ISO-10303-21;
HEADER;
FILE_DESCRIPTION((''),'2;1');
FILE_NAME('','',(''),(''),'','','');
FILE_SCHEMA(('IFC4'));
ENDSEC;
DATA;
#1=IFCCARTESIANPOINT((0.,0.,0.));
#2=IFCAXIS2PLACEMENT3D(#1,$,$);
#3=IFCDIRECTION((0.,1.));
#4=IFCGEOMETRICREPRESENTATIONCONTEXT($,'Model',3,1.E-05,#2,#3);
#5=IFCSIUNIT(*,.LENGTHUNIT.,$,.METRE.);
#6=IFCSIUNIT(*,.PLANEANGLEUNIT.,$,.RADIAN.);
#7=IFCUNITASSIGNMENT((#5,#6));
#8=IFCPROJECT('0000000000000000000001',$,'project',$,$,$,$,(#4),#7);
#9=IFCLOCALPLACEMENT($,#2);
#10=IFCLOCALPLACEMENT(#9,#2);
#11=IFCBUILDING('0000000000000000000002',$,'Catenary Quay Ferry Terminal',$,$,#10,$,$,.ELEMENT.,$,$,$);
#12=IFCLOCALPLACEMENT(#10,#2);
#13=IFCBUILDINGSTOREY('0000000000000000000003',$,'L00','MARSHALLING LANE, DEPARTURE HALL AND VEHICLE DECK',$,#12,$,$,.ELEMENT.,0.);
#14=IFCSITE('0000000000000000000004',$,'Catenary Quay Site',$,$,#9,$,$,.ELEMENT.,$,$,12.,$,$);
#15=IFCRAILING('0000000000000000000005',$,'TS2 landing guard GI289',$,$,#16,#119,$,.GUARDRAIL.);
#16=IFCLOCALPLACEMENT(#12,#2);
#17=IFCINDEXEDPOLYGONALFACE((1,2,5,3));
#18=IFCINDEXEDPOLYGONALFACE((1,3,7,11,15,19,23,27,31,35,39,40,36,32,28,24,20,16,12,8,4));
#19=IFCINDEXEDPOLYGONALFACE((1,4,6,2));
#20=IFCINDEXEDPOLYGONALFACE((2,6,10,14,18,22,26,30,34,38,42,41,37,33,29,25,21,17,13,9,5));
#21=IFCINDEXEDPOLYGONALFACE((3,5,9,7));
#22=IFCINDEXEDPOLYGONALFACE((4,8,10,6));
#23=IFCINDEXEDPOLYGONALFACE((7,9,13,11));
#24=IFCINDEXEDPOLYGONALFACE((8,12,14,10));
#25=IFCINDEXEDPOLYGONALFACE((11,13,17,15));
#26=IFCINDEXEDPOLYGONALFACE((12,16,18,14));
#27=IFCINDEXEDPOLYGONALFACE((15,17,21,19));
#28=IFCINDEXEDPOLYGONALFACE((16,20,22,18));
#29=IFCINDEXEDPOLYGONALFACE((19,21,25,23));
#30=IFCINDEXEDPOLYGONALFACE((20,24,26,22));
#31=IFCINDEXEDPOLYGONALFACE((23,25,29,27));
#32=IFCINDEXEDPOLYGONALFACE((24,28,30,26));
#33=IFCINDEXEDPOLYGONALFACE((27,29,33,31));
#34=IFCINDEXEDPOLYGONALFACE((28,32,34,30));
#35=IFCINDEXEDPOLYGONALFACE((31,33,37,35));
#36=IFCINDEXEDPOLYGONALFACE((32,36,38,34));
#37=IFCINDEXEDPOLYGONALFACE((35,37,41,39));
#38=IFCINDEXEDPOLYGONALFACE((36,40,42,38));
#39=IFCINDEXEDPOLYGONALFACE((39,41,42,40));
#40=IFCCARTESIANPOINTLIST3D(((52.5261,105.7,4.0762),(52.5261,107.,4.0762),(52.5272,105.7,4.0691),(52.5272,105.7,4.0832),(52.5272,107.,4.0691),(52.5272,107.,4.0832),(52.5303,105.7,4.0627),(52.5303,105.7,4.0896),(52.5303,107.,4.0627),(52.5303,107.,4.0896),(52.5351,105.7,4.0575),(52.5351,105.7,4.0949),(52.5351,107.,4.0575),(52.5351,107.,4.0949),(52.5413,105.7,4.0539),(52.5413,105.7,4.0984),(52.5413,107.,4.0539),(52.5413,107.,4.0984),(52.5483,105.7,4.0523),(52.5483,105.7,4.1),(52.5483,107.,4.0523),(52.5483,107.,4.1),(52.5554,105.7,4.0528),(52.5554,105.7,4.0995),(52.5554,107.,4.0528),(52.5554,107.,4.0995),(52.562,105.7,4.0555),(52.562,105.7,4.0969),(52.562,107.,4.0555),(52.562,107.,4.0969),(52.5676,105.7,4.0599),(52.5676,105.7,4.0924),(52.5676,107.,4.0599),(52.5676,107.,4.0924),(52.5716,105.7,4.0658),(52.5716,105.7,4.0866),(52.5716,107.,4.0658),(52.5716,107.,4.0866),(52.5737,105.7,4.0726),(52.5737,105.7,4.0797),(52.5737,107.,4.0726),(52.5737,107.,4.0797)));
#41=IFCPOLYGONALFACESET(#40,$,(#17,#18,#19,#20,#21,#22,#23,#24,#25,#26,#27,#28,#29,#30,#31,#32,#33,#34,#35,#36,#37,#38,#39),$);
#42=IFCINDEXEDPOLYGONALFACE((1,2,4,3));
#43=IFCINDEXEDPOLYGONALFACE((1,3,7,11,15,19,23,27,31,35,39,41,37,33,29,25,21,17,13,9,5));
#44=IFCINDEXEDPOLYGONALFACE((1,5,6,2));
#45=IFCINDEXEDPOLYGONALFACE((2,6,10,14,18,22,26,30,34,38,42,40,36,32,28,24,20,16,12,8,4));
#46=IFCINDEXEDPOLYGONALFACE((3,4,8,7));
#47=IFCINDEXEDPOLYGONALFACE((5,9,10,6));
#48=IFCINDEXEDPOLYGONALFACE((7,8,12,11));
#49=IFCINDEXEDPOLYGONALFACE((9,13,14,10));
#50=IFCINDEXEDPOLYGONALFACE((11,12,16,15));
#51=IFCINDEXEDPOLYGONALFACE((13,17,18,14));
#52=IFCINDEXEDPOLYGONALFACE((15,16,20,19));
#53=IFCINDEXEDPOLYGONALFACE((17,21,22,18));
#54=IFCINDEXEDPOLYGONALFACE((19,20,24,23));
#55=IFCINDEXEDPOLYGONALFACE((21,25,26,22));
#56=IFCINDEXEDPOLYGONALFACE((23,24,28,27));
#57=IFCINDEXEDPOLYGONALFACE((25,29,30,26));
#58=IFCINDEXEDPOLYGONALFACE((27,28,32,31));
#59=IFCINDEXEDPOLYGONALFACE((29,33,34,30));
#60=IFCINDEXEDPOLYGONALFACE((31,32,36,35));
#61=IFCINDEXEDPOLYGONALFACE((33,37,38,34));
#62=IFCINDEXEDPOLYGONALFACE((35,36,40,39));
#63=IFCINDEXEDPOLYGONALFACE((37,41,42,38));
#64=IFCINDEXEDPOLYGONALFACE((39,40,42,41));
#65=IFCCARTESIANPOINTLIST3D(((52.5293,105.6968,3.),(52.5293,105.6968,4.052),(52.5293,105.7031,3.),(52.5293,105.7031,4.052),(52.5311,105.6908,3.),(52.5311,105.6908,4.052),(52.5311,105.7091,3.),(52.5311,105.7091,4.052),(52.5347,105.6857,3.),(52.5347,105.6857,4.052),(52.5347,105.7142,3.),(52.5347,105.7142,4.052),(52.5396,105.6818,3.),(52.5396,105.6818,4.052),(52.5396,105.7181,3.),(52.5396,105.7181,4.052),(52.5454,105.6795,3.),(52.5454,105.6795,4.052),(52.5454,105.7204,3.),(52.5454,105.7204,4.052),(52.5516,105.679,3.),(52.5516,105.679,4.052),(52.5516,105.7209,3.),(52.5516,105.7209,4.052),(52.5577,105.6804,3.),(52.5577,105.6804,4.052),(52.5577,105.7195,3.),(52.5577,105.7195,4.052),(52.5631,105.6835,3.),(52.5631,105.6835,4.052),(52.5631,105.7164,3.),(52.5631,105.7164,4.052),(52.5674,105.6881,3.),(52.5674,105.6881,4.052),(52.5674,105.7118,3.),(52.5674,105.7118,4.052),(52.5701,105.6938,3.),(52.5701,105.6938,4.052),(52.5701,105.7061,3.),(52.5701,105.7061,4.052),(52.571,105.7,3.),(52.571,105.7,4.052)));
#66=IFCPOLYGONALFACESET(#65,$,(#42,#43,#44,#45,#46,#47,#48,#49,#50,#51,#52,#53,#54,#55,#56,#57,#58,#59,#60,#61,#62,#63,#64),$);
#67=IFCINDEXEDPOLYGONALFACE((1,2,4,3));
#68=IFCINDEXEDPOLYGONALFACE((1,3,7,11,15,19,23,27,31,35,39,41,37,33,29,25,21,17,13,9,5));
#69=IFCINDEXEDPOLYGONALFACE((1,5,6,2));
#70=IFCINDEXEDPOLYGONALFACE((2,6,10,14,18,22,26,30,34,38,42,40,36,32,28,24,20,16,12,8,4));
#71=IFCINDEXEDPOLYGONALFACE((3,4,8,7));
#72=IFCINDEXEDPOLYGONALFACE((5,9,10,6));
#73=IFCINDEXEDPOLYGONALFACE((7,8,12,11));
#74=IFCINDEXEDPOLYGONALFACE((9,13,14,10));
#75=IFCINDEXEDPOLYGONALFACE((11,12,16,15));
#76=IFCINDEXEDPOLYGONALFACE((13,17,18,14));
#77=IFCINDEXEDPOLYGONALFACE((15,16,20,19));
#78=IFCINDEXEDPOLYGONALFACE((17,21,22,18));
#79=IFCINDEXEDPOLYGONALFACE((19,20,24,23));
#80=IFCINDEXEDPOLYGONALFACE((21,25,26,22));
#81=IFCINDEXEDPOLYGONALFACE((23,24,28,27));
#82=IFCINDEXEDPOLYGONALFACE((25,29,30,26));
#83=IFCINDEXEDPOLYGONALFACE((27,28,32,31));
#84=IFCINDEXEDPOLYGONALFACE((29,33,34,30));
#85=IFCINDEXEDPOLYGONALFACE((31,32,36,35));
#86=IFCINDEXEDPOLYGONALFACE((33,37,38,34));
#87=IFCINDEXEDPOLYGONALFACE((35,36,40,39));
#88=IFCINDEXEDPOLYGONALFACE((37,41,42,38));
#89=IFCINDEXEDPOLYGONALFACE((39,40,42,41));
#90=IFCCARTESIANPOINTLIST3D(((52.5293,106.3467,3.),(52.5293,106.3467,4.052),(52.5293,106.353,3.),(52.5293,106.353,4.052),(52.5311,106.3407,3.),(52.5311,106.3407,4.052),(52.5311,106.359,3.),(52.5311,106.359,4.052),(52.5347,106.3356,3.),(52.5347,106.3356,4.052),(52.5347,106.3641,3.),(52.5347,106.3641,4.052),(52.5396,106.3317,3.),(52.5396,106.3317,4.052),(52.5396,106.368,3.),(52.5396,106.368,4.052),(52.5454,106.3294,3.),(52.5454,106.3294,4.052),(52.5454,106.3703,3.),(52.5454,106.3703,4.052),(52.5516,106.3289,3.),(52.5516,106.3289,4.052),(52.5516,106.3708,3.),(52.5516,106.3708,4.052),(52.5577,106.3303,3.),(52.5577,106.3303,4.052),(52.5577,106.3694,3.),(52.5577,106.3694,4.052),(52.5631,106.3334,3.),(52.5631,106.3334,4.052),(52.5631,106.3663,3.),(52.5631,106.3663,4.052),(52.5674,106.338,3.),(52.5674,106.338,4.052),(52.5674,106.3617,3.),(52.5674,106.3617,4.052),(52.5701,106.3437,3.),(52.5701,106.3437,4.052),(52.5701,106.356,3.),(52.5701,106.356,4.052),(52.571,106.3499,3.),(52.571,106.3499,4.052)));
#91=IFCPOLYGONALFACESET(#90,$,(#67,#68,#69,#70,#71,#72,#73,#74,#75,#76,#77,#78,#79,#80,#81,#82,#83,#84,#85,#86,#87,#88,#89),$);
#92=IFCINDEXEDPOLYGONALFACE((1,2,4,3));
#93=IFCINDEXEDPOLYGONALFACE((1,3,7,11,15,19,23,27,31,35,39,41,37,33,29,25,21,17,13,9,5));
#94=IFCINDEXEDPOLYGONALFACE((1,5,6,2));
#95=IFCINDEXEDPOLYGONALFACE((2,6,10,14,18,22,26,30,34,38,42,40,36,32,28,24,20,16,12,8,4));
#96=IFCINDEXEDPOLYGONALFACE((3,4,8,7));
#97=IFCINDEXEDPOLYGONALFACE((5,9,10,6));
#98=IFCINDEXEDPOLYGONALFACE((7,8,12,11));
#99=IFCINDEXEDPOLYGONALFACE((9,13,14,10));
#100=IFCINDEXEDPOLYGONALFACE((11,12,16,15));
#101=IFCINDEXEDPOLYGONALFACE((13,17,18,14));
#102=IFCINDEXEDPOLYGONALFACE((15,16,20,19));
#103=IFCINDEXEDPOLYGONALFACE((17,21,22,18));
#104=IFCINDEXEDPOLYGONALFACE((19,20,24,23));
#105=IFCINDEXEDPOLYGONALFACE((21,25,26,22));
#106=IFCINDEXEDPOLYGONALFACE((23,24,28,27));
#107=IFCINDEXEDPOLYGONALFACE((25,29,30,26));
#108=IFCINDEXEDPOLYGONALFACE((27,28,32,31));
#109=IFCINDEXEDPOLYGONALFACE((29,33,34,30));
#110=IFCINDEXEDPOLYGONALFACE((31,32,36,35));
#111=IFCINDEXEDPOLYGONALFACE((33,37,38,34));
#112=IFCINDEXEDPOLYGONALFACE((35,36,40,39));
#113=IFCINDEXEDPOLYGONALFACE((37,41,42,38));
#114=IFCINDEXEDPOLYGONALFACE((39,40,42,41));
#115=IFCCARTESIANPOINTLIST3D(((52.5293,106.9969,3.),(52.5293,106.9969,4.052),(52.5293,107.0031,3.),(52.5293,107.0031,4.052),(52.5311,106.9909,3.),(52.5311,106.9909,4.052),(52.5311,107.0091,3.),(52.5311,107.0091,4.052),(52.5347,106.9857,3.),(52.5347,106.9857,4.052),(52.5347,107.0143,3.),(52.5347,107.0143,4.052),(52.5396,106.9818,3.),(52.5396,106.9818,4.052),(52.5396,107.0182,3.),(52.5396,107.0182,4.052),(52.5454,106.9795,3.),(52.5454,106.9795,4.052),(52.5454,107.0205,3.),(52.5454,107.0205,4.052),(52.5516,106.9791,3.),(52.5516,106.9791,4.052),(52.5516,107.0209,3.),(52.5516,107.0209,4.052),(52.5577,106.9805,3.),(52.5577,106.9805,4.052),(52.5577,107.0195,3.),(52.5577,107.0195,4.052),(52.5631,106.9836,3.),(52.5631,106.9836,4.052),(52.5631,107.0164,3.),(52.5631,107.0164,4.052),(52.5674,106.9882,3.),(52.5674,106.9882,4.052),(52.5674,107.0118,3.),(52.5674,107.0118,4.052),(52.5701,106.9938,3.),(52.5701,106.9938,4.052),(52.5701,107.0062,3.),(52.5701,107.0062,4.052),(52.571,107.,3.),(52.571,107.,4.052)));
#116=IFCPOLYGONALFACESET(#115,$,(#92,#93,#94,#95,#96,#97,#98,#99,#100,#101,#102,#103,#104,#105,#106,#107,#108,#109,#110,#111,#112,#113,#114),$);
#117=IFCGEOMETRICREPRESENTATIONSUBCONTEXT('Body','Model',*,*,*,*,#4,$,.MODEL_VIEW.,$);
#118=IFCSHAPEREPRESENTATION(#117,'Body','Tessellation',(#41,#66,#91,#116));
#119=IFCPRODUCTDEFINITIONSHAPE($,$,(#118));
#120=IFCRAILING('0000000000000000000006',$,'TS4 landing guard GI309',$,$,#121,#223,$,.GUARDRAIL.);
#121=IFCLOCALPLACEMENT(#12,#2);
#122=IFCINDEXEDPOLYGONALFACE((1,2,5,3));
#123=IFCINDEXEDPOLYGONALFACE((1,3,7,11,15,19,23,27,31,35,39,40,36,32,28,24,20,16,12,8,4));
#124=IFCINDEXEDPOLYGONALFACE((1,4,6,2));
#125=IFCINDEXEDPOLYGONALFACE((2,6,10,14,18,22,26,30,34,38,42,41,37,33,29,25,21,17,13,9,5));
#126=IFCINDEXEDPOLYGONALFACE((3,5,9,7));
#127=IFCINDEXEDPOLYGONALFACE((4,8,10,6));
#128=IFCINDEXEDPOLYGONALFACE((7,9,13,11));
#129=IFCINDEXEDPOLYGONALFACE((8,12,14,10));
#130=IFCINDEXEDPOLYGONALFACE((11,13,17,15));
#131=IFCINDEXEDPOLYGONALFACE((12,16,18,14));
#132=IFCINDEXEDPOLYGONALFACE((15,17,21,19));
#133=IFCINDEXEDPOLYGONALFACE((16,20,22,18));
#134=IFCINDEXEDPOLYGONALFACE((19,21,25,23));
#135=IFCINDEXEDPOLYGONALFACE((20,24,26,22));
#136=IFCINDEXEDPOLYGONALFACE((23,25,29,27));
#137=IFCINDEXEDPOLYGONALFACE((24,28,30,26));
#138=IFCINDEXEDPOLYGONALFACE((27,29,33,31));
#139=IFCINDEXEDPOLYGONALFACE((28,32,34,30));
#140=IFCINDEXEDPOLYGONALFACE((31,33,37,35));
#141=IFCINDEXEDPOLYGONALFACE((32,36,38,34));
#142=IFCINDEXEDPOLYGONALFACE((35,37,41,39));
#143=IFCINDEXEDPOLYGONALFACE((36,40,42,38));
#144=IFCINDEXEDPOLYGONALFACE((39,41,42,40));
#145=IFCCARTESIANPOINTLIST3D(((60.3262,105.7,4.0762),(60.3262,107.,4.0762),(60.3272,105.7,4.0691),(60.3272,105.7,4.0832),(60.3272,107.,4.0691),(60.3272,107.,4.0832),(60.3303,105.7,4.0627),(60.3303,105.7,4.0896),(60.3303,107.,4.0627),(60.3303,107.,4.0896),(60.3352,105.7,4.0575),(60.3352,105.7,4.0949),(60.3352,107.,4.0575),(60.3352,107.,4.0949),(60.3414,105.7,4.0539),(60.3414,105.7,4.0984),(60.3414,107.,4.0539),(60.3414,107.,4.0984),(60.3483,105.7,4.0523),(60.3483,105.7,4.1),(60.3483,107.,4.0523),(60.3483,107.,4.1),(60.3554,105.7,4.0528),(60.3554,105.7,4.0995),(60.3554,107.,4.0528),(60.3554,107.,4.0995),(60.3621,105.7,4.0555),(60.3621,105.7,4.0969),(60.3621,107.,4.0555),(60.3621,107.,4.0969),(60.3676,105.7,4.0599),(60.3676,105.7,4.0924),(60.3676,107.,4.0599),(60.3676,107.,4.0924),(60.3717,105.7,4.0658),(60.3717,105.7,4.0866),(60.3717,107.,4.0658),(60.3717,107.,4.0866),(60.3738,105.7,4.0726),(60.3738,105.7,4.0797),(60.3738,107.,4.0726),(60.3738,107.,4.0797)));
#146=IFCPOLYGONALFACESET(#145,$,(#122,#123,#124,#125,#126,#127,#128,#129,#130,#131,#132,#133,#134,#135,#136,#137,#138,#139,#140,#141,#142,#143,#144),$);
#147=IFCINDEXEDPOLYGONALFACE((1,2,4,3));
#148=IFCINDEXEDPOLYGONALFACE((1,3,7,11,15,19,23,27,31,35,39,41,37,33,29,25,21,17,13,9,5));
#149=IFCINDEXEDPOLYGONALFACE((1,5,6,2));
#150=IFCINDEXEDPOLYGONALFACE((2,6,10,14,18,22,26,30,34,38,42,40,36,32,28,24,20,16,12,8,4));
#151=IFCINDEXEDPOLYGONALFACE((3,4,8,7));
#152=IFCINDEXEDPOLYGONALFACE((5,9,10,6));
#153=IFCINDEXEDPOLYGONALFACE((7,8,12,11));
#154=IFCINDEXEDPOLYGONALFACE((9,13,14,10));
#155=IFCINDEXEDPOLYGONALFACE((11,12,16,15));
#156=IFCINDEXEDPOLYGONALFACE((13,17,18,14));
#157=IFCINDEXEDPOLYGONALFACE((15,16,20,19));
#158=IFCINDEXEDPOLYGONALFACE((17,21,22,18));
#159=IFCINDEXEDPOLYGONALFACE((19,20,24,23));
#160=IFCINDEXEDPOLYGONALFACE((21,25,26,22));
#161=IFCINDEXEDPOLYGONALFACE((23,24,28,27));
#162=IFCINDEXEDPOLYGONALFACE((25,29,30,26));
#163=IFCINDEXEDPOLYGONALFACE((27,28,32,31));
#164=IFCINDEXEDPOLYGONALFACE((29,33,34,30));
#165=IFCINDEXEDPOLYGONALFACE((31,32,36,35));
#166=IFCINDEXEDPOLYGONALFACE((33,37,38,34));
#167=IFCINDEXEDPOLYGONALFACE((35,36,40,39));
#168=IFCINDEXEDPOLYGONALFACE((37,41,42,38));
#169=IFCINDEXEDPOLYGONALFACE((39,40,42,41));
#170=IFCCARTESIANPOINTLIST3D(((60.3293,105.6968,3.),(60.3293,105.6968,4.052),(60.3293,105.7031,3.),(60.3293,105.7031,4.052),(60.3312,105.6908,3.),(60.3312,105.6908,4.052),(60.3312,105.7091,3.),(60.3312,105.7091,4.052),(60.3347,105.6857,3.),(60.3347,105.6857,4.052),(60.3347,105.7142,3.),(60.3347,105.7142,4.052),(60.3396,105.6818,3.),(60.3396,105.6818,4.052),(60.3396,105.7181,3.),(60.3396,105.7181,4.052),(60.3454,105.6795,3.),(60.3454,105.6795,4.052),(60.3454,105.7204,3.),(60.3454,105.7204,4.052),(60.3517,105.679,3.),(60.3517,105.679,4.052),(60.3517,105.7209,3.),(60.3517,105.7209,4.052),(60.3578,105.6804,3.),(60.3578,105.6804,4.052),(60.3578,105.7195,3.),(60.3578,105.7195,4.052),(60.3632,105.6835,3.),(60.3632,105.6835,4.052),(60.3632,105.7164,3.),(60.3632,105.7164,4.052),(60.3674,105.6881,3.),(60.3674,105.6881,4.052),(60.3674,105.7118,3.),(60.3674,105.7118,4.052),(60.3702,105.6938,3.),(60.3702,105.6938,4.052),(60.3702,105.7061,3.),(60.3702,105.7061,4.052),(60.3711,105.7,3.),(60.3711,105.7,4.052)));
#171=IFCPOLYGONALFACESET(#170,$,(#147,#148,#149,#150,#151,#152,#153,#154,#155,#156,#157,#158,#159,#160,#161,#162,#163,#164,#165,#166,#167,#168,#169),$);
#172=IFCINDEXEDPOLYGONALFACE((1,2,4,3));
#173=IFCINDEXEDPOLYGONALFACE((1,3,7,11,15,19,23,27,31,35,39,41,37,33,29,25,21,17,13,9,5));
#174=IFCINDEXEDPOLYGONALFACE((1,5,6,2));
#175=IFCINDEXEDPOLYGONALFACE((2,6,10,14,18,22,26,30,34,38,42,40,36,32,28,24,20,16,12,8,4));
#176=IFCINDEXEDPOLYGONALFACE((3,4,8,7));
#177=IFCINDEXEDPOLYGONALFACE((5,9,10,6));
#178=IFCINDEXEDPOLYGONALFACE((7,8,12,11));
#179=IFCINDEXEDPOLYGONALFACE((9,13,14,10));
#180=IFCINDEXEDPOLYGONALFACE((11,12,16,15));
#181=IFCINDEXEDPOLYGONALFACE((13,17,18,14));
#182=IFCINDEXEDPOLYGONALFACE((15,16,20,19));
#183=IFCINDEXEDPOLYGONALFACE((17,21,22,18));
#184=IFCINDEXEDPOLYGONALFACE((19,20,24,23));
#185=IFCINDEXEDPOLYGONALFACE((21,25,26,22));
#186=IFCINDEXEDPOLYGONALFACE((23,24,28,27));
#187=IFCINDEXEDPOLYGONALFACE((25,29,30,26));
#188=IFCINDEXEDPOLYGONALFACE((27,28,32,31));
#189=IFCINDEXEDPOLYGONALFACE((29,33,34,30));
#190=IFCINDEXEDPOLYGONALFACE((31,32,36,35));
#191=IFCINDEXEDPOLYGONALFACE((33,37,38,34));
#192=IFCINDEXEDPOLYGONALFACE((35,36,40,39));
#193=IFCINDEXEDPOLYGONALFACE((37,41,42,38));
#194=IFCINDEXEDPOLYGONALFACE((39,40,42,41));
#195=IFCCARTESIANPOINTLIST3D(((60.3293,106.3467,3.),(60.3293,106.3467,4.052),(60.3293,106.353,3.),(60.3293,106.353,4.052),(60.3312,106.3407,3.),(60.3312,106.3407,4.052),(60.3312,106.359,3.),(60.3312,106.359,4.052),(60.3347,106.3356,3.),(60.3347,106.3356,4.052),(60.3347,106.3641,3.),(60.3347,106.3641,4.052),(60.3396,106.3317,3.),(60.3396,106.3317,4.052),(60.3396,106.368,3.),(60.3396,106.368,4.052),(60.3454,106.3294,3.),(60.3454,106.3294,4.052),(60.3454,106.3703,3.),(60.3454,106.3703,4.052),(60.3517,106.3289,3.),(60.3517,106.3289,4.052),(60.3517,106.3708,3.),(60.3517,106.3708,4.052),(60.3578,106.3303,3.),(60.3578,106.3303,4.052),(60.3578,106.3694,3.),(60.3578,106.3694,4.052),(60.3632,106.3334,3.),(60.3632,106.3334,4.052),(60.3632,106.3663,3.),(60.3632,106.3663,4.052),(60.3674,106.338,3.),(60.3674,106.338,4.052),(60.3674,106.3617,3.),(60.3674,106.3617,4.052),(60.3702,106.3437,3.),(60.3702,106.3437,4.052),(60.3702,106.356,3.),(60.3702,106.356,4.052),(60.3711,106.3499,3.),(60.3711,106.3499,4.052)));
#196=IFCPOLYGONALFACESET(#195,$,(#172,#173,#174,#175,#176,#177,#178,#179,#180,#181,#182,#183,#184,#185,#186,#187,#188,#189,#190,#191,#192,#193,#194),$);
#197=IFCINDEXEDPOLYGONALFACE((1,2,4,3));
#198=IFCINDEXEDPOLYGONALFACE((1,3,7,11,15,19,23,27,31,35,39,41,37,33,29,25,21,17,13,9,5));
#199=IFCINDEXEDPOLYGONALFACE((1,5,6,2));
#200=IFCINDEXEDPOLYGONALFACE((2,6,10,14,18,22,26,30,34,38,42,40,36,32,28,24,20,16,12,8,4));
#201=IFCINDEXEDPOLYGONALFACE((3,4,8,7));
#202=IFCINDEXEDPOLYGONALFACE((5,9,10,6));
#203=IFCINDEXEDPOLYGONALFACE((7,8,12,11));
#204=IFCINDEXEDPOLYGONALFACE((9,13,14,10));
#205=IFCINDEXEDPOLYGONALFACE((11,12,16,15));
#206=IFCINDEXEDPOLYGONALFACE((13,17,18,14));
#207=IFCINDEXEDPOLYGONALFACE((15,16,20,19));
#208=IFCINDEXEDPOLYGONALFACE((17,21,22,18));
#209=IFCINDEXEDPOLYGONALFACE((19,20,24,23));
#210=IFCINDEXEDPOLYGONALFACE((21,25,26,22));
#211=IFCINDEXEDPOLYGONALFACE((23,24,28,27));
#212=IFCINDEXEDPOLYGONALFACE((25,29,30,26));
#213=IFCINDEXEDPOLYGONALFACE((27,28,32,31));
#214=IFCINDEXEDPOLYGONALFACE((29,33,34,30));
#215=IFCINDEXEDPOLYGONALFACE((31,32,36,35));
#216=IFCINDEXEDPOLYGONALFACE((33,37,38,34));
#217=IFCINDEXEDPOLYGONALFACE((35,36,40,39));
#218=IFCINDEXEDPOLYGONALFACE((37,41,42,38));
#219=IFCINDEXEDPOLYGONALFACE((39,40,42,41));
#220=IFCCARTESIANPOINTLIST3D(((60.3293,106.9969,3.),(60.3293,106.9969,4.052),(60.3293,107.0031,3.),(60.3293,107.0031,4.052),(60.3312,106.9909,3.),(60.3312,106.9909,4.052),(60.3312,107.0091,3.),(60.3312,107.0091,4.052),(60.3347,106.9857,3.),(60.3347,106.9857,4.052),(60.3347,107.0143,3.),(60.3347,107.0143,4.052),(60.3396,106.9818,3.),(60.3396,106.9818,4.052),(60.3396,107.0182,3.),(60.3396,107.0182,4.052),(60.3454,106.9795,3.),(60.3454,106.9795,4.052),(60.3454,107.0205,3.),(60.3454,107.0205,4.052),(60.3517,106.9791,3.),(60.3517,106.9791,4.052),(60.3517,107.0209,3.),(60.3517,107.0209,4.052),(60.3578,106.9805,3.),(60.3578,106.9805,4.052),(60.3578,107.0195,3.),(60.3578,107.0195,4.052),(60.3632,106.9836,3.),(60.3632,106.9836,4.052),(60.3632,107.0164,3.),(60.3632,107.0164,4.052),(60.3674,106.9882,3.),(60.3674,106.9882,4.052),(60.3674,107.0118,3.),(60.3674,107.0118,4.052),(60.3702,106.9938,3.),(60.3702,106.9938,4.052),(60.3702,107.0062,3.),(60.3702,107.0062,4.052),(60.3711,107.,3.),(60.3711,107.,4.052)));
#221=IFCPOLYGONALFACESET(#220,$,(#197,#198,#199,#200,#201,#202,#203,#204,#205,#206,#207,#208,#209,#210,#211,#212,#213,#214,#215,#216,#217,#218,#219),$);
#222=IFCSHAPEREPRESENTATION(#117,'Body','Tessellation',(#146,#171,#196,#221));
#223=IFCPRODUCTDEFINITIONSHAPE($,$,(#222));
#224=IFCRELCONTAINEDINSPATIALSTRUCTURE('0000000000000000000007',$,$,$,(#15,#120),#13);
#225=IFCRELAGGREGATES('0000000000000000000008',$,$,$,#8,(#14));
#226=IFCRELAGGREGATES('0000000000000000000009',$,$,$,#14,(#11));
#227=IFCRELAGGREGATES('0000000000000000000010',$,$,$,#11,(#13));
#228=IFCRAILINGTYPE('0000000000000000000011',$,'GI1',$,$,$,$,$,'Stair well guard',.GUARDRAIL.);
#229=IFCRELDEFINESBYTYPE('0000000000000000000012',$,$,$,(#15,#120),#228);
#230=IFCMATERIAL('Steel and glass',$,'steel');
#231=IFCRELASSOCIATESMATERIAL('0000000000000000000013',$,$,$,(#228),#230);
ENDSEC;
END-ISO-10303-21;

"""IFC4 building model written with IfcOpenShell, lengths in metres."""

from ifc_helpers import new_model, si_unit, direction, frame, origin, origin_2d, place, context, subcontext, project, spatial, circle, extrude, material, type_object, element, save


model = new_model("IFC4")

# Units and contexts
model_context = context("Model", 3, precision=1e-05, world=origin(), true_north=direction((0.0, 1.0)))
body_context = subcontext(model_context, "Body", "Model", "MODEL_VIEW")
ifc_project = project(units=[si_unit("LENGTHUNIT", "METRE"), si_unit("PLANEANGLEUNIT", "RADIAN")], contexts=[model_context])

# Site, building, storey
site_placement = place(None, origin())
site = spatial("IfcSite", under=ifc_project, at=site_placement, Name="Catenary Quay Site", CompositionType="ELEMENT", RefElevation=12.0)
building_placement = place(site_placement, origin())
building = spatial("IfcBuilding", under=site, at=building_placement, Name="Catenary Quay Ferry Terminal", CompositionType="ELEMENT")
storey_placement = place(building_placement, origin())
storey = spatial("IfcBuildingStorey", under=building, at=storey_placement, Name="L00", Description="MARSHALLING LANE, DEPARTURE HALL AND VEHICLE DECK", CompositionType="ELEMENT", Elevation=0.0)

# Railings
ifc_material_1 = material(Name="Steel and glass", Category="steel")
railing_type_1 = type_object("IfcRailingType", Name="GI1", ElementType="Stair well guard", PredefinedType="GUARDRAIL", material=ifc_material_1)
for number, where, name in (
    (1, (52.55, 105.7, 3.0), "TS2 landing guard GI289"),
    (2, (60.3501, 105.7, 3.0), "TS4 landing guard GI309"),
):
    element("IfcRailing", number, at=place(storey_placement, frame(where)), inside=storey, type_object=railing_type_1, Name=name, PredefinedType="GUARDRAIL", context=body_context, shape_type="SweptSolid", body=[
        extrude(circle(Radius=0.0239, at=origin_2d()), frame((0.0, 0.0, 1.0762), z_axis=(0.0, 1.0, 0.0), x_axis=(-1.0, 0.0, 0.0)), (0.0, 0.0, 1.0), 1.3),
        extrude(circle(Radius=0.021, at=origin_2d()), origin(), (0.0, 0.0, 1.0), 1.052),
        extrude(circle(Radius=0.021, at=origin_2d()), frame((0.0, 0.6499, 0.0)), (0.0, 0.0, 1.0), 1.052),
        extrude(circle(Radius=0.021, at=origin_2d()), frame((0.0, 1.3, 0.0)), (0.0, 0.0, 1.0), 1.052),
    ])

save(model, "model.ifc")
